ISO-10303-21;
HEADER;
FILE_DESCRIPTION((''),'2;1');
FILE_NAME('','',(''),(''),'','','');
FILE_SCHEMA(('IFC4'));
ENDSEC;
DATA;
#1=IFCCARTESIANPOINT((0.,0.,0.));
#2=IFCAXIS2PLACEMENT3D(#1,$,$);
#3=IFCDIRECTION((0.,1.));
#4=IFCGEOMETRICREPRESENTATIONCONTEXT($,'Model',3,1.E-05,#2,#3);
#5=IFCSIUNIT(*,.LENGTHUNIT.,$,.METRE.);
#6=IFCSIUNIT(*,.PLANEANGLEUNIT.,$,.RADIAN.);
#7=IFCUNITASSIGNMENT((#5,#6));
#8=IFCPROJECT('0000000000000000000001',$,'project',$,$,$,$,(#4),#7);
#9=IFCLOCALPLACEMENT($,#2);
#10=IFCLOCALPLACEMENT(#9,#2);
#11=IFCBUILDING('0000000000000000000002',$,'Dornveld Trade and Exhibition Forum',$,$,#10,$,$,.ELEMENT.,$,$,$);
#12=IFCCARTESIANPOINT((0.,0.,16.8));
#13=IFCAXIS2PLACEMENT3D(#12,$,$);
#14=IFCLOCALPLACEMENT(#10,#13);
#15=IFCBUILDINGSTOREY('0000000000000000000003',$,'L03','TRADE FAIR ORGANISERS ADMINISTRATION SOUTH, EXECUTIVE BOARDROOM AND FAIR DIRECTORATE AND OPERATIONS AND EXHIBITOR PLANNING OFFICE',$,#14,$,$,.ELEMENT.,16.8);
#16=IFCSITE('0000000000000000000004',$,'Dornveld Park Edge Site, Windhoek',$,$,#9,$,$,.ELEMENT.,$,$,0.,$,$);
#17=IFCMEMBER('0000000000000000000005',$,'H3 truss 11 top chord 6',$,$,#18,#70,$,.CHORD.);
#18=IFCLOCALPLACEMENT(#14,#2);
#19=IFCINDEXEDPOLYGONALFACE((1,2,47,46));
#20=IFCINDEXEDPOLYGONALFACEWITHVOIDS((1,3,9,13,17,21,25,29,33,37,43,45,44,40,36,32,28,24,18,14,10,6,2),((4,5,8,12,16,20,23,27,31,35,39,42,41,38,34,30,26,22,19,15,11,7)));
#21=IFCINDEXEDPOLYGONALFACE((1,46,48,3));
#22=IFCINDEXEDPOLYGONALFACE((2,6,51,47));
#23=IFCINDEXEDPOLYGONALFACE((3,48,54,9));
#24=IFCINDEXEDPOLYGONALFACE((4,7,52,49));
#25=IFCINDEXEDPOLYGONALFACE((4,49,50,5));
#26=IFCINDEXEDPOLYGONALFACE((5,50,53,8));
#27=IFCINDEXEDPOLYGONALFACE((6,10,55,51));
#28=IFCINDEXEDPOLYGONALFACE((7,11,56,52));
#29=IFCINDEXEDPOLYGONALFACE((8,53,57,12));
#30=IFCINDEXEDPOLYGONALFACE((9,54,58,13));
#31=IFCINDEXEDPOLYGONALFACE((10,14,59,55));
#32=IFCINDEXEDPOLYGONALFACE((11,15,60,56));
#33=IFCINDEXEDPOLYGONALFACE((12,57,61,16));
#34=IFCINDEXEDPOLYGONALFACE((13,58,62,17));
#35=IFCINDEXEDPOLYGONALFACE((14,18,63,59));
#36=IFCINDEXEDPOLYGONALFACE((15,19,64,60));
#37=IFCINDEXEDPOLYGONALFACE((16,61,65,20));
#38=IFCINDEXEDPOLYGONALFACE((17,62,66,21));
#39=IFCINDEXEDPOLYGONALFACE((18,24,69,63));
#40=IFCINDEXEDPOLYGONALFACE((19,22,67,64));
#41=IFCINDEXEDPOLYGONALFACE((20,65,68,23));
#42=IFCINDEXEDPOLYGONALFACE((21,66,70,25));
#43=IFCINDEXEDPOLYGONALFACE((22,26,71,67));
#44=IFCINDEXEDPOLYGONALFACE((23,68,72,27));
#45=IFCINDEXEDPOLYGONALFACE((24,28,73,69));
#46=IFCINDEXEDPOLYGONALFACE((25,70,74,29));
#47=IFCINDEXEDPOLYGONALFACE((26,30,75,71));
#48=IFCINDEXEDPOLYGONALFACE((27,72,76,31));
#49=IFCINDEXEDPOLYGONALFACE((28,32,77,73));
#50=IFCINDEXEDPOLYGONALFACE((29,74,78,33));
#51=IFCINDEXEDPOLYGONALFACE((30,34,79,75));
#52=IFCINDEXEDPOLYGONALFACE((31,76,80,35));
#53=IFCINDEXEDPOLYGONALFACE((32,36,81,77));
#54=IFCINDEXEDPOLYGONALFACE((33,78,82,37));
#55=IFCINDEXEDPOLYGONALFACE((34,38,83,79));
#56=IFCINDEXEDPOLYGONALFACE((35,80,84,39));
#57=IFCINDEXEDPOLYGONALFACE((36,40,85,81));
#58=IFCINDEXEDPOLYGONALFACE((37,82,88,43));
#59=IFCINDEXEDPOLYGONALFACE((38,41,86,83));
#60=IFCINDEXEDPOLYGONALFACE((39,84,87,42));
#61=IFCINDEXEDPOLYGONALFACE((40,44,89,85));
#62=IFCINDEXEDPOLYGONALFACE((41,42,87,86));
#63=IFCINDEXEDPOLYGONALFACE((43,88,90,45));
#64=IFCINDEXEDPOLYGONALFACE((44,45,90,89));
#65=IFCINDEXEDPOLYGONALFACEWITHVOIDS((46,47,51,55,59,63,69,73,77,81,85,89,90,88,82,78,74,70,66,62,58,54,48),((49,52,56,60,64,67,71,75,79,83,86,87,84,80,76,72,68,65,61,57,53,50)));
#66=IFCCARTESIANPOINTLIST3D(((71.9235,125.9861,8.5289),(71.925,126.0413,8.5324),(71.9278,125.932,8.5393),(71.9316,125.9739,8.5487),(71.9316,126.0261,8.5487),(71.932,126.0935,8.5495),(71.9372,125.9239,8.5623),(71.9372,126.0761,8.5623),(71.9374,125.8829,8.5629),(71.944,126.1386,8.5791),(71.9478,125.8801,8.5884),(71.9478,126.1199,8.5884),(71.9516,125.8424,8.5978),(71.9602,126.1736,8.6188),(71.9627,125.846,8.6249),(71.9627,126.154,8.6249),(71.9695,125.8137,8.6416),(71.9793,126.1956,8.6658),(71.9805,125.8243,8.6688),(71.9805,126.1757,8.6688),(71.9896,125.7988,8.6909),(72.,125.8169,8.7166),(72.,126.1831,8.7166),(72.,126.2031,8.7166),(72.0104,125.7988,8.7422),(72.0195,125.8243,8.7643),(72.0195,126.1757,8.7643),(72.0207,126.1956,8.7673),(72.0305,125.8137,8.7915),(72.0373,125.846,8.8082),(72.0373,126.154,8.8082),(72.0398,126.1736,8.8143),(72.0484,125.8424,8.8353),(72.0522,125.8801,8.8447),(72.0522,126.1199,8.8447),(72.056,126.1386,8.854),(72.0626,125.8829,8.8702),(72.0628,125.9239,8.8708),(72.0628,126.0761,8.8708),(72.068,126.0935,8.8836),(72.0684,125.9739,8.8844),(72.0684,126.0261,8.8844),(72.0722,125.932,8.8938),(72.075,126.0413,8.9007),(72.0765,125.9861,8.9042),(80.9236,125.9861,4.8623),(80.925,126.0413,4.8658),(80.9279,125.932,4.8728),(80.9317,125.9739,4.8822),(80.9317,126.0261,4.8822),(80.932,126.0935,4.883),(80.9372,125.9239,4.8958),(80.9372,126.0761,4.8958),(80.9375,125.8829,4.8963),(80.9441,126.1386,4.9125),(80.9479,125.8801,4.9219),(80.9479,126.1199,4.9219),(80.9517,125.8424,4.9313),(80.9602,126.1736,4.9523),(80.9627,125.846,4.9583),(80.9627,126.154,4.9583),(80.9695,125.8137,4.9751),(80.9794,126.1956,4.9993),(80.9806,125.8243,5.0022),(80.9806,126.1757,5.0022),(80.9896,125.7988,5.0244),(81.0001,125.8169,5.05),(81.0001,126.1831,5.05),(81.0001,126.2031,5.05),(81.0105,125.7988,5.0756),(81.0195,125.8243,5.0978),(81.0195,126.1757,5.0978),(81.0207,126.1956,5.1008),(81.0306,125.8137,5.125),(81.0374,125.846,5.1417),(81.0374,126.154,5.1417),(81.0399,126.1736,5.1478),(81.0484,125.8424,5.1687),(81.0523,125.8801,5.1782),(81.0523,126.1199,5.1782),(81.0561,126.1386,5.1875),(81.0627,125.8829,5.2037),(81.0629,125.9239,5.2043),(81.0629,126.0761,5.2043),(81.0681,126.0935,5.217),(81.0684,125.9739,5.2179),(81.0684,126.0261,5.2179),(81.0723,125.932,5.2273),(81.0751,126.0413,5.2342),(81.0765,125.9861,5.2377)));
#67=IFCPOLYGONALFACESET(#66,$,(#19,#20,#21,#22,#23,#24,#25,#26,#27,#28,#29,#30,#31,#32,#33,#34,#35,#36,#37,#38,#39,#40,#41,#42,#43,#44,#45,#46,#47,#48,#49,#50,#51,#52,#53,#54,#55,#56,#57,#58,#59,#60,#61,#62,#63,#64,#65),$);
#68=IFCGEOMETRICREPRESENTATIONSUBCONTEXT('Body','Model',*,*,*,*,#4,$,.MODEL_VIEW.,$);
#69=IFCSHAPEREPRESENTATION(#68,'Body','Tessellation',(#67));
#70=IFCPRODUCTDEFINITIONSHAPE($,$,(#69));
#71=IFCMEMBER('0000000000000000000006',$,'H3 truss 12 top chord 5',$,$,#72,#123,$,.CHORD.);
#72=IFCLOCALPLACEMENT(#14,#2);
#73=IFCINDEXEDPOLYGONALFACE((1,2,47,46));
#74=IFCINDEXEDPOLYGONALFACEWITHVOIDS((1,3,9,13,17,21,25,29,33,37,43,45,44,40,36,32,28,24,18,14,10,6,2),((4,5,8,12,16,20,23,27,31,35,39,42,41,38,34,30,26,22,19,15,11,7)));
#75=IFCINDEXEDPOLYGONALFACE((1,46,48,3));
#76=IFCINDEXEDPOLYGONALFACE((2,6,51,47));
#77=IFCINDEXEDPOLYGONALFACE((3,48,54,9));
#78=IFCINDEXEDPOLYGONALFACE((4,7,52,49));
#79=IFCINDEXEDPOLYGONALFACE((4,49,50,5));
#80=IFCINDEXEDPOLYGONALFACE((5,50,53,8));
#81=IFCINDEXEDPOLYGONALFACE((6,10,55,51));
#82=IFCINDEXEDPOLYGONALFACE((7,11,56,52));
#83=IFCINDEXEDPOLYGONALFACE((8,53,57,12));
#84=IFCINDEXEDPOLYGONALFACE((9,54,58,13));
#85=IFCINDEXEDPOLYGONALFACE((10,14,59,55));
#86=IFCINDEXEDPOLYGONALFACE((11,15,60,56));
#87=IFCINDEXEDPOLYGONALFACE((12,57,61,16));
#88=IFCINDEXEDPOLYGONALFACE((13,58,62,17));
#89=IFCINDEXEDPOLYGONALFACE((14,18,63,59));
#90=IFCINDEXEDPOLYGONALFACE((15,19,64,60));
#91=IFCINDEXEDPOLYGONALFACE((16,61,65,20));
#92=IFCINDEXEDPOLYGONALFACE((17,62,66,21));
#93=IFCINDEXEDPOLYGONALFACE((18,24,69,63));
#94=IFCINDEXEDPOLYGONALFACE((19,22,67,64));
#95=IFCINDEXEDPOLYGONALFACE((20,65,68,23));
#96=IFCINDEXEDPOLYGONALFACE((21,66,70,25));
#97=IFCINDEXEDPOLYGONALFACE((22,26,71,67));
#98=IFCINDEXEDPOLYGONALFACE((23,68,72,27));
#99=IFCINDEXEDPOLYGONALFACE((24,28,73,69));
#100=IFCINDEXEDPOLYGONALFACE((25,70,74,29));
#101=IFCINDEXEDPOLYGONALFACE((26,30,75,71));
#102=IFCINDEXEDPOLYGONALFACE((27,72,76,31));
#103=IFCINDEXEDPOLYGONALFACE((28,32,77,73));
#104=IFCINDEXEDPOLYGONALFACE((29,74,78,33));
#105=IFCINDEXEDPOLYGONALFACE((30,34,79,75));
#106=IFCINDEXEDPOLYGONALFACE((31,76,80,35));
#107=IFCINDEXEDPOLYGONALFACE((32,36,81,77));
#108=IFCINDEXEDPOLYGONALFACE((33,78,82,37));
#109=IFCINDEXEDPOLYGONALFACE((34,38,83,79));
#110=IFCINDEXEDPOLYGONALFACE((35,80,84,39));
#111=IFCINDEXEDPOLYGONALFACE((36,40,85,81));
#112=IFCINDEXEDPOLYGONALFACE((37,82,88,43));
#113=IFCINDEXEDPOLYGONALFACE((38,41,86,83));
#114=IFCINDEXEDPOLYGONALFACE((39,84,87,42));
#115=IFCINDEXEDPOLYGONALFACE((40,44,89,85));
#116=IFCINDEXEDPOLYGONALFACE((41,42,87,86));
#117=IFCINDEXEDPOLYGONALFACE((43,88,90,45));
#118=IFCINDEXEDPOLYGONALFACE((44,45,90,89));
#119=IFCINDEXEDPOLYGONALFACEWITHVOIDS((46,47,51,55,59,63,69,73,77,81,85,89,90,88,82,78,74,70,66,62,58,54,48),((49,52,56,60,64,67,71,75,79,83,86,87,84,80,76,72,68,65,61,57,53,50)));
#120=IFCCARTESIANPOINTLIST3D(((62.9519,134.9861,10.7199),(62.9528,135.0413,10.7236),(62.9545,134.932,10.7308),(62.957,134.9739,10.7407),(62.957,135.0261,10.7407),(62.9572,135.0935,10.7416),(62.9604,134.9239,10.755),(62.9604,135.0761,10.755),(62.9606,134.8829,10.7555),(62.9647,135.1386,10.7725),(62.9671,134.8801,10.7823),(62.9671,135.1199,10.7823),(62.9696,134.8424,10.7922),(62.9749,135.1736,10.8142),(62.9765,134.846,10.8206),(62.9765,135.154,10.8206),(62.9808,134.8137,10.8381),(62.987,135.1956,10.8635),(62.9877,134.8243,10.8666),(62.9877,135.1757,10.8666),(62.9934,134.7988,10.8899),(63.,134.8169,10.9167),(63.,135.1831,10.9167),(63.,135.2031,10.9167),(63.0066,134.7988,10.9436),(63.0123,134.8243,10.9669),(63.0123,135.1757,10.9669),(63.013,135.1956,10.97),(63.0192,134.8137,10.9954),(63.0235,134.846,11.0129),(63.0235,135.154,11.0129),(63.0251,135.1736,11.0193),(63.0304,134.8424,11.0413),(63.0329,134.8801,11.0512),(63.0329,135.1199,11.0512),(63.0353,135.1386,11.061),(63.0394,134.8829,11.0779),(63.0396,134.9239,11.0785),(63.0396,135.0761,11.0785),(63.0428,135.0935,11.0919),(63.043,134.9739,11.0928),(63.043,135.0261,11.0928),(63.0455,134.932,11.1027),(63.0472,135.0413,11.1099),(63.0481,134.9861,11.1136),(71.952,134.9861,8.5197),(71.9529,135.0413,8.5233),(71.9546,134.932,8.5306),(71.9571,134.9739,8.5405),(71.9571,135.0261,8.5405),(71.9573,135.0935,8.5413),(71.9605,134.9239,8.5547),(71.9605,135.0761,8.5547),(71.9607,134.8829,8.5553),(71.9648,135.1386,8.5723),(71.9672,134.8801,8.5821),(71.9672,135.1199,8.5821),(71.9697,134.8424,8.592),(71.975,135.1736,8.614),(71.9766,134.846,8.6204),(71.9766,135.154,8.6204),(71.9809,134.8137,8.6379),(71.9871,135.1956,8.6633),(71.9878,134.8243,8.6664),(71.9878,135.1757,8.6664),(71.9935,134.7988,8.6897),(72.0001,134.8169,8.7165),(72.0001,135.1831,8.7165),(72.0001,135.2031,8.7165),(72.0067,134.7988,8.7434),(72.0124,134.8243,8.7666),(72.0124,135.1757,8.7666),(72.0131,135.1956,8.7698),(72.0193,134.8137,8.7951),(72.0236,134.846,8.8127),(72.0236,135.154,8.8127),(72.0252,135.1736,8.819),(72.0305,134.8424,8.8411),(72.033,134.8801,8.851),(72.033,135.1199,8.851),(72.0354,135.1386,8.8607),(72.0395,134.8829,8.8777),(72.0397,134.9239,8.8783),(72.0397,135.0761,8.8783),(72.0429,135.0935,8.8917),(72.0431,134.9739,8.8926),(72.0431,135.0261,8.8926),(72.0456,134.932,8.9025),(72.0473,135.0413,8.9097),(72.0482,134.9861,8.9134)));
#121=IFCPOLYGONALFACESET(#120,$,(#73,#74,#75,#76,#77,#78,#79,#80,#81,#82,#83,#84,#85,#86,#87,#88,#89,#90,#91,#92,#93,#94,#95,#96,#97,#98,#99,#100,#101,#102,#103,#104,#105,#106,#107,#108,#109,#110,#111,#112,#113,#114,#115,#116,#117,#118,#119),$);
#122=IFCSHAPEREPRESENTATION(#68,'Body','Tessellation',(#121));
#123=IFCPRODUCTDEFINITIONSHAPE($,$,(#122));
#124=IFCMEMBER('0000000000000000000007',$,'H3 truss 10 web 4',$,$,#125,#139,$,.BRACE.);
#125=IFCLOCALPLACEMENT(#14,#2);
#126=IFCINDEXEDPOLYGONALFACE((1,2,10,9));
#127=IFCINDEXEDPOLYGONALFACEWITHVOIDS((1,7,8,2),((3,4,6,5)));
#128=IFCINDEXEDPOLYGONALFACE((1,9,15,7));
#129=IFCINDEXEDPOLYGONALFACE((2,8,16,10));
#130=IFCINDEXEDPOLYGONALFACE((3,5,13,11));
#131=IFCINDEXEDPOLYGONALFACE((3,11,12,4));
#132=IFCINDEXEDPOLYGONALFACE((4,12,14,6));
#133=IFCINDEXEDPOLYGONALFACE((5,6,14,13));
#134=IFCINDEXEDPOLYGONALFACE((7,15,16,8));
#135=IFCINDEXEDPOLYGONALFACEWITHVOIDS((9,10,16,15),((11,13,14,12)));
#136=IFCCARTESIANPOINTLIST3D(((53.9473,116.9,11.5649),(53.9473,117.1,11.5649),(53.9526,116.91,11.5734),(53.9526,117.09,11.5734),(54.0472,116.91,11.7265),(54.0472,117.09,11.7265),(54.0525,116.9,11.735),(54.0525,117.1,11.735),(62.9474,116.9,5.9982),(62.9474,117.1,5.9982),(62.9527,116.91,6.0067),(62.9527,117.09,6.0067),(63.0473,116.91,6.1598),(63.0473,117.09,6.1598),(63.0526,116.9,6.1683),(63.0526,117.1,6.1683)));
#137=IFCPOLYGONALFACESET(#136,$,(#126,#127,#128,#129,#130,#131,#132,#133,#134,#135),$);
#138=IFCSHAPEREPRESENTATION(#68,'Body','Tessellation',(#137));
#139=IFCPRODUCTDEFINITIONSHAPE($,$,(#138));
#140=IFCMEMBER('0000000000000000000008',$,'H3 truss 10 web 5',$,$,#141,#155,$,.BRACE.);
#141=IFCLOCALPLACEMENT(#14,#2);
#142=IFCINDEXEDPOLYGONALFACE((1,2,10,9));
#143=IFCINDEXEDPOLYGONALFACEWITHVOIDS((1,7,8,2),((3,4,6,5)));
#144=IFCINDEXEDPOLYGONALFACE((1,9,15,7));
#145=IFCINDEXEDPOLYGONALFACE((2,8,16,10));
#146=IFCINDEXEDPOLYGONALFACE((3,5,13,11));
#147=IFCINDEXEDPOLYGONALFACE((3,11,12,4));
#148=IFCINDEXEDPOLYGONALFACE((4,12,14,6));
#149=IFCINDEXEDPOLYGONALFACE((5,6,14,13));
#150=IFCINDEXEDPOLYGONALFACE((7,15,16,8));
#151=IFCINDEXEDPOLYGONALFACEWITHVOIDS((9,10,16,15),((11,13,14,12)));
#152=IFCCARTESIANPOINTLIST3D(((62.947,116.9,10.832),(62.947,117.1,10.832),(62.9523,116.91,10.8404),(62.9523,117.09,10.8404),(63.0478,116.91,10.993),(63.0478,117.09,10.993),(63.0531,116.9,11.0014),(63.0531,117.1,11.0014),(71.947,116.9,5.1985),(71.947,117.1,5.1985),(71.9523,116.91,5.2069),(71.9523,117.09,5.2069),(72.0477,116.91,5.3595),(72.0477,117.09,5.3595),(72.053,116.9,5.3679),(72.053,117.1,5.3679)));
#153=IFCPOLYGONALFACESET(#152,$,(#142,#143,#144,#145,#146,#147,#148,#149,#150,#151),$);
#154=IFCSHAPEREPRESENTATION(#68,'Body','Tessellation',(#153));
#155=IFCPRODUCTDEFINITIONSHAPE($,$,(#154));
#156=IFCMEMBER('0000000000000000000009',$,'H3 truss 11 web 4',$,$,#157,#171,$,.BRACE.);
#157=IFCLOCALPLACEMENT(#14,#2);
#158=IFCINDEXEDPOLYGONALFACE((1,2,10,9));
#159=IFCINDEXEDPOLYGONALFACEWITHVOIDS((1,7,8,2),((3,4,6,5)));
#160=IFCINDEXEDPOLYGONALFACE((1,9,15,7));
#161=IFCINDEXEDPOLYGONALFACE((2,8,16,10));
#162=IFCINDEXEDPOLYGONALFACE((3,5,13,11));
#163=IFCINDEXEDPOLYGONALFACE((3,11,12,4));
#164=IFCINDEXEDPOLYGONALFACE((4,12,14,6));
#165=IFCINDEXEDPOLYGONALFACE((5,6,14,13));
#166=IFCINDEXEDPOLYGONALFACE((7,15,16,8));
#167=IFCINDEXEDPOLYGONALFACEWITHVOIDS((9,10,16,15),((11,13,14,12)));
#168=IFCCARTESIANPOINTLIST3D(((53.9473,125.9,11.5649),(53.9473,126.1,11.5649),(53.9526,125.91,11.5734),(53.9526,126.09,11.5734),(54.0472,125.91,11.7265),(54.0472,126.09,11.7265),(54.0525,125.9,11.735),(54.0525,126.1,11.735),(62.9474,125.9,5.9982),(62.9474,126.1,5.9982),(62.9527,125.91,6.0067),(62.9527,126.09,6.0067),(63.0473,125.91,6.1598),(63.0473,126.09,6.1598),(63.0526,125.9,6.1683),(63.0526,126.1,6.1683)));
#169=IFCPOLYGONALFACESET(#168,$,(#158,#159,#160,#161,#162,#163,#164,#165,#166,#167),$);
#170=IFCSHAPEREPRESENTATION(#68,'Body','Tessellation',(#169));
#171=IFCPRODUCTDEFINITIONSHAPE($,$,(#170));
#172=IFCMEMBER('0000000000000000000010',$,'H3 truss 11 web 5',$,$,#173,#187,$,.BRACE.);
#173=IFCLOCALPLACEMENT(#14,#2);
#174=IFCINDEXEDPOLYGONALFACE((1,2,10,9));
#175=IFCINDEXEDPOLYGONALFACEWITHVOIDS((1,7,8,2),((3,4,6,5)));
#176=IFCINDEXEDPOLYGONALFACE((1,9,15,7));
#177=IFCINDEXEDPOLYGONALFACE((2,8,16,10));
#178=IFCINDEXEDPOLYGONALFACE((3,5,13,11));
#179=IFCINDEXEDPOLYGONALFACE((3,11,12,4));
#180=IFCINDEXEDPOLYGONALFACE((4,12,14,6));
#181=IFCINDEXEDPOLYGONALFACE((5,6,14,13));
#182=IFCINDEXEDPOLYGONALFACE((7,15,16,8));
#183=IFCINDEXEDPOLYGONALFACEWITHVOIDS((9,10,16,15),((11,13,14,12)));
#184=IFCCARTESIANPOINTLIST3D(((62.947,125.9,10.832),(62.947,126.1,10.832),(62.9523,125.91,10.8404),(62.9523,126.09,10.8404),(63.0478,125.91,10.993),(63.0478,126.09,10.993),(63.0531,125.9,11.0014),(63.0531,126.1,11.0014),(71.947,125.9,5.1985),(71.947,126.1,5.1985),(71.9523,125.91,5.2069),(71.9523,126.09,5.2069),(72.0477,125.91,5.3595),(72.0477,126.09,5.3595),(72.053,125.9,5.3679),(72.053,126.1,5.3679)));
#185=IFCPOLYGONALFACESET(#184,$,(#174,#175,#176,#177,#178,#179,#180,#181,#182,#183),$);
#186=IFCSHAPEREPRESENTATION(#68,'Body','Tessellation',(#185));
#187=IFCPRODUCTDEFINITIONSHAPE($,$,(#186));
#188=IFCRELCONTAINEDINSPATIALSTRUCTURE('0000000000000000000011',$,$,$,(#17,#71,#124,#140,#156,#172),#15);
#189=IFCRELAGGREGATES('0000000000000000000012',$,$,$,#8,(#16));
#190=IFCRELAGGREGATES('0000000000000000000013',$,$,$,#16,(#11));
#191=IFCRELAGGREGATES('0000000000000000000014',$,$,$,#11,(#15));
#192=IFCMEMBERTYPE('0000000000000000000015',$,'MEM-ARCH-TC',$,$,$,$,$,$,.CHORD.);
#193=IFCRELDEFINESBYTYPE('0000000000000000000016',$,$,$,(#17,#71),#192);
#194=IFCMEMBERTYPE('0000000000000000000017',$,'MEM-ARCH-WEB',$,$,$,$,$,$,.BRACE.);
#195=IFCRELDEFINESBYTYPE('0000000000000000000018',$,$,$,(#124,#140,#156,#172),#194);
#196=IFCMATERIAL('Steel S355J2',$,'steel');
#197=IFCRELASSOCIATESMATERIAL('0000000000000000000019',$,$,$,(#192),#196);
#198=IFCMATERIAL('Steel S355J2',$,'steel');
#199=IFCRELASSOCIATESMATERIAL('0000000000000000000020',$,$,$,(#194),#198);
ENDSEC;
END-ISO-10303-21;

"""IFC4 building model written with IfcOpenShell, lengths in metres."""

from ifc_helpers import new_model, si_unit, direction, frame, origin, origin_2d, place, context, subcontext, project, spatial, hollow_rectangle, hollow_circle, extrude, material, material_profile, profile_set, type_object, element, save


model = new_model("IFC4")

# Units and contexts
model_context = context("Model", 3, precision=1e-05, world=origin(), true_north=direction((0.0, 1.0)))
body_context = subcontext(model_context, "Body", "Model", "MODEL_VIEW")
ifc_project = project(units=[si_unit("LENGTHUNIT", "METRE"), si_unit("PLANEANGLEUNIT", "RADIAN")], contexts=[model_context])

# Site, building, storey
site_placement = place(None, origin())
site = spatial("IfcSite", under=ifc_project, at=site_placement, Name="Dornveld Park Edge Site, Windhoek", CompositionType="ELEMENT", RefElevation=0.0)
building_placement = place(site_placement, origin())
building = spatial("IfcBuilding", under=site, at=building_placement, Name="Dornveld Trade and Exhibition Forum", CompositionType="ELEMENT")
storey_placement = place(building_placement, frame((0.0, 0.0, 16.8)))
storey = spatial("IfcBuildingStorey", under=building, at=storey_placement, Name="L03", Description="TRADE FAIR ORGANISERS ADMINISTRATION SOUTH, EXECUTIVE BOARDROOM AND FAIR DIRECTORATE AND OPERATIONS AND EXHIBITOR PLANNING OFFICE", CompositionType="ELEMENT", Elevation=16.8)

# Members
ifc_material_1 = material(Name="Steel S355J2", Category="steel")
ifc_material_profile_1 = material_profile(ifc_material_1, hollow_circle(Radius=0.2031, WallThickness=0.02, at=origin_2d()), Name="CHS 406.4x20")
ifc_profile_set_1 = profile_set([ifc_material_profile_1], Name="Steel S355J2")
member_type_1 = type_object("IfcMemberType", Name="MEM-ARCH-TC", PredefinedType="CHORD", material=ifc_profile_set_1)
member_1_placement = place(storey_placement, frame((72.0, 126.0, 8.7166), z_axis=(0.926098, 0.0, -0.377283), x_axis=(0.0, 1.0, 0.0)))
element("IfcMember", 1, at=member_1_placement, inside=storey, type_object=member_type_1, Name="H3 truss 11 top chord 6", PredefinedType="CHORD", context=body_context, shape_type="SweptSolid", body=[
    extrude(hollow_circle(Radius=0.2031, WallThickness=0.02, at=origin_2d()), origin(), (0.0, 0.0, 1.0), 9.7183),
])
member_2_placement = place(storey_placement, frame((63.0, 135.0, 10.9167), z_axis=(0.971394, 0.0, -0.237473), x_axis=(0.0, 1.0, 0.0)))
element("IfcMember", 2, at=member_2_placement, inside=storey, type_object=member_type_1, Name="H3 truss 12 top chord 5", PredefinedType="CHORD", context=body_context, shape_type="SweptSolid", body=[
    extrude(hollow_circle(Radius=0.2031, WallThickness=0.02, at=origin_2d()), origin(), (0.0, 0.0, 1.0), 9.2651),
])
ifc_material_2 = material(Name="Steel S355J2", Category="steel")
ifc_material_profile_2 = material_profile(ifc_material_2, hollow_rectangle(XDim=0.2, YDim=0.2, WallThickness=0.01, at=origin_2d()), Name="SHS 200x200x10")
ifc_profile_set_2 = profile_set([ifc_material_profile_2], Name="Steel S355J2")
member_type_2 = type_object("IfcMemberType", Name="MEM-ARCH-WEB", PredefinedType="BRACE", material=ifc_profile_set_2)
member_3_placement = place(storey_placement, frame((63.0, 117.0, 6.0833), z_axis=(-0.850467, 0.0, 0.526028), x_axis=(0.0, -1.0, 0.0)))
element("IfcMember", 3, at=member_3_placement, inside=storey, type_object=member_type_2, Name="H3 truss 10 web 4", PredefinedType="BRACE", context=body_context, shape_type="SweptSolid", body=[
    extrude(hollow_rectangle(XDim=0.2, YDim=0.2, WallThickness=0.01, at=origin_2d()), origin(), (0.0, 0.0, 1.0), 10.5825),
])
member_4_placement = place(storey_placement, frame((72.0, 117.0, 5.2832), z_axis=(-0.847636, 0.0, 0.530578), x_axis=(0.0, -1.0, 0.0)))
element("IfcMember", 4, at=member_4_placement, inside=storey, type_object=member_type_2, Name="H3 truss 10 web 5", PredefinedType="BRACE", context=body_context, shape_type="SweptSolid", body=[
    extrude(hollow_rectangle(XDim=0.2, YDim=0.2, WallThickness=0.01, at=origin_2d()), origin(), (0.0, 0.0, 1.0), 10.6177),
])
member_5_placement = place(storey_placement, frame((63.0, 126.0, 6.0833), z_axis=(-0.850467, 0.0, 0.526028), x_axis=(0.0, -1.0, 0.0)))
element("IfcMember", 5, at=member_5_placement, inside=storey, type_object=member_type_2, Name="H3 truss 11 web 4", PredefinedType="BRACE", context=body_context, shape_type="SweptSolid", body=[
    extrude(hollow_rectangle(XDim=0.2, YDim=0.2, WallThickness=0.01, at=origin_2d()), origin(), (0.0, 0.0, 1.0), 10.5825),
])
member_6_placement = place(storey_placement, frame((72.0, 126.0, 5.2832), z_axis=(-0.847636, 0.0, 0.530578), x_axis=(0.0, -1.0, 0.0)))
element("IfcMember", 6, at=member_6_placement, inside=storey, type_object=member_type_2, Name="H3 truss 11 web 5", PredefinedType="BRACE", context=body_context, shape_type="SweptSolid", body=[
    extrude(hollow_rectangle(XDim=0.2, YDim=0.2, WallThickness=0.01, at=origin_2d()), origin(), (0.0, 0.0, 1.0), 10.6177),
])

save(model, "model.ifc")
